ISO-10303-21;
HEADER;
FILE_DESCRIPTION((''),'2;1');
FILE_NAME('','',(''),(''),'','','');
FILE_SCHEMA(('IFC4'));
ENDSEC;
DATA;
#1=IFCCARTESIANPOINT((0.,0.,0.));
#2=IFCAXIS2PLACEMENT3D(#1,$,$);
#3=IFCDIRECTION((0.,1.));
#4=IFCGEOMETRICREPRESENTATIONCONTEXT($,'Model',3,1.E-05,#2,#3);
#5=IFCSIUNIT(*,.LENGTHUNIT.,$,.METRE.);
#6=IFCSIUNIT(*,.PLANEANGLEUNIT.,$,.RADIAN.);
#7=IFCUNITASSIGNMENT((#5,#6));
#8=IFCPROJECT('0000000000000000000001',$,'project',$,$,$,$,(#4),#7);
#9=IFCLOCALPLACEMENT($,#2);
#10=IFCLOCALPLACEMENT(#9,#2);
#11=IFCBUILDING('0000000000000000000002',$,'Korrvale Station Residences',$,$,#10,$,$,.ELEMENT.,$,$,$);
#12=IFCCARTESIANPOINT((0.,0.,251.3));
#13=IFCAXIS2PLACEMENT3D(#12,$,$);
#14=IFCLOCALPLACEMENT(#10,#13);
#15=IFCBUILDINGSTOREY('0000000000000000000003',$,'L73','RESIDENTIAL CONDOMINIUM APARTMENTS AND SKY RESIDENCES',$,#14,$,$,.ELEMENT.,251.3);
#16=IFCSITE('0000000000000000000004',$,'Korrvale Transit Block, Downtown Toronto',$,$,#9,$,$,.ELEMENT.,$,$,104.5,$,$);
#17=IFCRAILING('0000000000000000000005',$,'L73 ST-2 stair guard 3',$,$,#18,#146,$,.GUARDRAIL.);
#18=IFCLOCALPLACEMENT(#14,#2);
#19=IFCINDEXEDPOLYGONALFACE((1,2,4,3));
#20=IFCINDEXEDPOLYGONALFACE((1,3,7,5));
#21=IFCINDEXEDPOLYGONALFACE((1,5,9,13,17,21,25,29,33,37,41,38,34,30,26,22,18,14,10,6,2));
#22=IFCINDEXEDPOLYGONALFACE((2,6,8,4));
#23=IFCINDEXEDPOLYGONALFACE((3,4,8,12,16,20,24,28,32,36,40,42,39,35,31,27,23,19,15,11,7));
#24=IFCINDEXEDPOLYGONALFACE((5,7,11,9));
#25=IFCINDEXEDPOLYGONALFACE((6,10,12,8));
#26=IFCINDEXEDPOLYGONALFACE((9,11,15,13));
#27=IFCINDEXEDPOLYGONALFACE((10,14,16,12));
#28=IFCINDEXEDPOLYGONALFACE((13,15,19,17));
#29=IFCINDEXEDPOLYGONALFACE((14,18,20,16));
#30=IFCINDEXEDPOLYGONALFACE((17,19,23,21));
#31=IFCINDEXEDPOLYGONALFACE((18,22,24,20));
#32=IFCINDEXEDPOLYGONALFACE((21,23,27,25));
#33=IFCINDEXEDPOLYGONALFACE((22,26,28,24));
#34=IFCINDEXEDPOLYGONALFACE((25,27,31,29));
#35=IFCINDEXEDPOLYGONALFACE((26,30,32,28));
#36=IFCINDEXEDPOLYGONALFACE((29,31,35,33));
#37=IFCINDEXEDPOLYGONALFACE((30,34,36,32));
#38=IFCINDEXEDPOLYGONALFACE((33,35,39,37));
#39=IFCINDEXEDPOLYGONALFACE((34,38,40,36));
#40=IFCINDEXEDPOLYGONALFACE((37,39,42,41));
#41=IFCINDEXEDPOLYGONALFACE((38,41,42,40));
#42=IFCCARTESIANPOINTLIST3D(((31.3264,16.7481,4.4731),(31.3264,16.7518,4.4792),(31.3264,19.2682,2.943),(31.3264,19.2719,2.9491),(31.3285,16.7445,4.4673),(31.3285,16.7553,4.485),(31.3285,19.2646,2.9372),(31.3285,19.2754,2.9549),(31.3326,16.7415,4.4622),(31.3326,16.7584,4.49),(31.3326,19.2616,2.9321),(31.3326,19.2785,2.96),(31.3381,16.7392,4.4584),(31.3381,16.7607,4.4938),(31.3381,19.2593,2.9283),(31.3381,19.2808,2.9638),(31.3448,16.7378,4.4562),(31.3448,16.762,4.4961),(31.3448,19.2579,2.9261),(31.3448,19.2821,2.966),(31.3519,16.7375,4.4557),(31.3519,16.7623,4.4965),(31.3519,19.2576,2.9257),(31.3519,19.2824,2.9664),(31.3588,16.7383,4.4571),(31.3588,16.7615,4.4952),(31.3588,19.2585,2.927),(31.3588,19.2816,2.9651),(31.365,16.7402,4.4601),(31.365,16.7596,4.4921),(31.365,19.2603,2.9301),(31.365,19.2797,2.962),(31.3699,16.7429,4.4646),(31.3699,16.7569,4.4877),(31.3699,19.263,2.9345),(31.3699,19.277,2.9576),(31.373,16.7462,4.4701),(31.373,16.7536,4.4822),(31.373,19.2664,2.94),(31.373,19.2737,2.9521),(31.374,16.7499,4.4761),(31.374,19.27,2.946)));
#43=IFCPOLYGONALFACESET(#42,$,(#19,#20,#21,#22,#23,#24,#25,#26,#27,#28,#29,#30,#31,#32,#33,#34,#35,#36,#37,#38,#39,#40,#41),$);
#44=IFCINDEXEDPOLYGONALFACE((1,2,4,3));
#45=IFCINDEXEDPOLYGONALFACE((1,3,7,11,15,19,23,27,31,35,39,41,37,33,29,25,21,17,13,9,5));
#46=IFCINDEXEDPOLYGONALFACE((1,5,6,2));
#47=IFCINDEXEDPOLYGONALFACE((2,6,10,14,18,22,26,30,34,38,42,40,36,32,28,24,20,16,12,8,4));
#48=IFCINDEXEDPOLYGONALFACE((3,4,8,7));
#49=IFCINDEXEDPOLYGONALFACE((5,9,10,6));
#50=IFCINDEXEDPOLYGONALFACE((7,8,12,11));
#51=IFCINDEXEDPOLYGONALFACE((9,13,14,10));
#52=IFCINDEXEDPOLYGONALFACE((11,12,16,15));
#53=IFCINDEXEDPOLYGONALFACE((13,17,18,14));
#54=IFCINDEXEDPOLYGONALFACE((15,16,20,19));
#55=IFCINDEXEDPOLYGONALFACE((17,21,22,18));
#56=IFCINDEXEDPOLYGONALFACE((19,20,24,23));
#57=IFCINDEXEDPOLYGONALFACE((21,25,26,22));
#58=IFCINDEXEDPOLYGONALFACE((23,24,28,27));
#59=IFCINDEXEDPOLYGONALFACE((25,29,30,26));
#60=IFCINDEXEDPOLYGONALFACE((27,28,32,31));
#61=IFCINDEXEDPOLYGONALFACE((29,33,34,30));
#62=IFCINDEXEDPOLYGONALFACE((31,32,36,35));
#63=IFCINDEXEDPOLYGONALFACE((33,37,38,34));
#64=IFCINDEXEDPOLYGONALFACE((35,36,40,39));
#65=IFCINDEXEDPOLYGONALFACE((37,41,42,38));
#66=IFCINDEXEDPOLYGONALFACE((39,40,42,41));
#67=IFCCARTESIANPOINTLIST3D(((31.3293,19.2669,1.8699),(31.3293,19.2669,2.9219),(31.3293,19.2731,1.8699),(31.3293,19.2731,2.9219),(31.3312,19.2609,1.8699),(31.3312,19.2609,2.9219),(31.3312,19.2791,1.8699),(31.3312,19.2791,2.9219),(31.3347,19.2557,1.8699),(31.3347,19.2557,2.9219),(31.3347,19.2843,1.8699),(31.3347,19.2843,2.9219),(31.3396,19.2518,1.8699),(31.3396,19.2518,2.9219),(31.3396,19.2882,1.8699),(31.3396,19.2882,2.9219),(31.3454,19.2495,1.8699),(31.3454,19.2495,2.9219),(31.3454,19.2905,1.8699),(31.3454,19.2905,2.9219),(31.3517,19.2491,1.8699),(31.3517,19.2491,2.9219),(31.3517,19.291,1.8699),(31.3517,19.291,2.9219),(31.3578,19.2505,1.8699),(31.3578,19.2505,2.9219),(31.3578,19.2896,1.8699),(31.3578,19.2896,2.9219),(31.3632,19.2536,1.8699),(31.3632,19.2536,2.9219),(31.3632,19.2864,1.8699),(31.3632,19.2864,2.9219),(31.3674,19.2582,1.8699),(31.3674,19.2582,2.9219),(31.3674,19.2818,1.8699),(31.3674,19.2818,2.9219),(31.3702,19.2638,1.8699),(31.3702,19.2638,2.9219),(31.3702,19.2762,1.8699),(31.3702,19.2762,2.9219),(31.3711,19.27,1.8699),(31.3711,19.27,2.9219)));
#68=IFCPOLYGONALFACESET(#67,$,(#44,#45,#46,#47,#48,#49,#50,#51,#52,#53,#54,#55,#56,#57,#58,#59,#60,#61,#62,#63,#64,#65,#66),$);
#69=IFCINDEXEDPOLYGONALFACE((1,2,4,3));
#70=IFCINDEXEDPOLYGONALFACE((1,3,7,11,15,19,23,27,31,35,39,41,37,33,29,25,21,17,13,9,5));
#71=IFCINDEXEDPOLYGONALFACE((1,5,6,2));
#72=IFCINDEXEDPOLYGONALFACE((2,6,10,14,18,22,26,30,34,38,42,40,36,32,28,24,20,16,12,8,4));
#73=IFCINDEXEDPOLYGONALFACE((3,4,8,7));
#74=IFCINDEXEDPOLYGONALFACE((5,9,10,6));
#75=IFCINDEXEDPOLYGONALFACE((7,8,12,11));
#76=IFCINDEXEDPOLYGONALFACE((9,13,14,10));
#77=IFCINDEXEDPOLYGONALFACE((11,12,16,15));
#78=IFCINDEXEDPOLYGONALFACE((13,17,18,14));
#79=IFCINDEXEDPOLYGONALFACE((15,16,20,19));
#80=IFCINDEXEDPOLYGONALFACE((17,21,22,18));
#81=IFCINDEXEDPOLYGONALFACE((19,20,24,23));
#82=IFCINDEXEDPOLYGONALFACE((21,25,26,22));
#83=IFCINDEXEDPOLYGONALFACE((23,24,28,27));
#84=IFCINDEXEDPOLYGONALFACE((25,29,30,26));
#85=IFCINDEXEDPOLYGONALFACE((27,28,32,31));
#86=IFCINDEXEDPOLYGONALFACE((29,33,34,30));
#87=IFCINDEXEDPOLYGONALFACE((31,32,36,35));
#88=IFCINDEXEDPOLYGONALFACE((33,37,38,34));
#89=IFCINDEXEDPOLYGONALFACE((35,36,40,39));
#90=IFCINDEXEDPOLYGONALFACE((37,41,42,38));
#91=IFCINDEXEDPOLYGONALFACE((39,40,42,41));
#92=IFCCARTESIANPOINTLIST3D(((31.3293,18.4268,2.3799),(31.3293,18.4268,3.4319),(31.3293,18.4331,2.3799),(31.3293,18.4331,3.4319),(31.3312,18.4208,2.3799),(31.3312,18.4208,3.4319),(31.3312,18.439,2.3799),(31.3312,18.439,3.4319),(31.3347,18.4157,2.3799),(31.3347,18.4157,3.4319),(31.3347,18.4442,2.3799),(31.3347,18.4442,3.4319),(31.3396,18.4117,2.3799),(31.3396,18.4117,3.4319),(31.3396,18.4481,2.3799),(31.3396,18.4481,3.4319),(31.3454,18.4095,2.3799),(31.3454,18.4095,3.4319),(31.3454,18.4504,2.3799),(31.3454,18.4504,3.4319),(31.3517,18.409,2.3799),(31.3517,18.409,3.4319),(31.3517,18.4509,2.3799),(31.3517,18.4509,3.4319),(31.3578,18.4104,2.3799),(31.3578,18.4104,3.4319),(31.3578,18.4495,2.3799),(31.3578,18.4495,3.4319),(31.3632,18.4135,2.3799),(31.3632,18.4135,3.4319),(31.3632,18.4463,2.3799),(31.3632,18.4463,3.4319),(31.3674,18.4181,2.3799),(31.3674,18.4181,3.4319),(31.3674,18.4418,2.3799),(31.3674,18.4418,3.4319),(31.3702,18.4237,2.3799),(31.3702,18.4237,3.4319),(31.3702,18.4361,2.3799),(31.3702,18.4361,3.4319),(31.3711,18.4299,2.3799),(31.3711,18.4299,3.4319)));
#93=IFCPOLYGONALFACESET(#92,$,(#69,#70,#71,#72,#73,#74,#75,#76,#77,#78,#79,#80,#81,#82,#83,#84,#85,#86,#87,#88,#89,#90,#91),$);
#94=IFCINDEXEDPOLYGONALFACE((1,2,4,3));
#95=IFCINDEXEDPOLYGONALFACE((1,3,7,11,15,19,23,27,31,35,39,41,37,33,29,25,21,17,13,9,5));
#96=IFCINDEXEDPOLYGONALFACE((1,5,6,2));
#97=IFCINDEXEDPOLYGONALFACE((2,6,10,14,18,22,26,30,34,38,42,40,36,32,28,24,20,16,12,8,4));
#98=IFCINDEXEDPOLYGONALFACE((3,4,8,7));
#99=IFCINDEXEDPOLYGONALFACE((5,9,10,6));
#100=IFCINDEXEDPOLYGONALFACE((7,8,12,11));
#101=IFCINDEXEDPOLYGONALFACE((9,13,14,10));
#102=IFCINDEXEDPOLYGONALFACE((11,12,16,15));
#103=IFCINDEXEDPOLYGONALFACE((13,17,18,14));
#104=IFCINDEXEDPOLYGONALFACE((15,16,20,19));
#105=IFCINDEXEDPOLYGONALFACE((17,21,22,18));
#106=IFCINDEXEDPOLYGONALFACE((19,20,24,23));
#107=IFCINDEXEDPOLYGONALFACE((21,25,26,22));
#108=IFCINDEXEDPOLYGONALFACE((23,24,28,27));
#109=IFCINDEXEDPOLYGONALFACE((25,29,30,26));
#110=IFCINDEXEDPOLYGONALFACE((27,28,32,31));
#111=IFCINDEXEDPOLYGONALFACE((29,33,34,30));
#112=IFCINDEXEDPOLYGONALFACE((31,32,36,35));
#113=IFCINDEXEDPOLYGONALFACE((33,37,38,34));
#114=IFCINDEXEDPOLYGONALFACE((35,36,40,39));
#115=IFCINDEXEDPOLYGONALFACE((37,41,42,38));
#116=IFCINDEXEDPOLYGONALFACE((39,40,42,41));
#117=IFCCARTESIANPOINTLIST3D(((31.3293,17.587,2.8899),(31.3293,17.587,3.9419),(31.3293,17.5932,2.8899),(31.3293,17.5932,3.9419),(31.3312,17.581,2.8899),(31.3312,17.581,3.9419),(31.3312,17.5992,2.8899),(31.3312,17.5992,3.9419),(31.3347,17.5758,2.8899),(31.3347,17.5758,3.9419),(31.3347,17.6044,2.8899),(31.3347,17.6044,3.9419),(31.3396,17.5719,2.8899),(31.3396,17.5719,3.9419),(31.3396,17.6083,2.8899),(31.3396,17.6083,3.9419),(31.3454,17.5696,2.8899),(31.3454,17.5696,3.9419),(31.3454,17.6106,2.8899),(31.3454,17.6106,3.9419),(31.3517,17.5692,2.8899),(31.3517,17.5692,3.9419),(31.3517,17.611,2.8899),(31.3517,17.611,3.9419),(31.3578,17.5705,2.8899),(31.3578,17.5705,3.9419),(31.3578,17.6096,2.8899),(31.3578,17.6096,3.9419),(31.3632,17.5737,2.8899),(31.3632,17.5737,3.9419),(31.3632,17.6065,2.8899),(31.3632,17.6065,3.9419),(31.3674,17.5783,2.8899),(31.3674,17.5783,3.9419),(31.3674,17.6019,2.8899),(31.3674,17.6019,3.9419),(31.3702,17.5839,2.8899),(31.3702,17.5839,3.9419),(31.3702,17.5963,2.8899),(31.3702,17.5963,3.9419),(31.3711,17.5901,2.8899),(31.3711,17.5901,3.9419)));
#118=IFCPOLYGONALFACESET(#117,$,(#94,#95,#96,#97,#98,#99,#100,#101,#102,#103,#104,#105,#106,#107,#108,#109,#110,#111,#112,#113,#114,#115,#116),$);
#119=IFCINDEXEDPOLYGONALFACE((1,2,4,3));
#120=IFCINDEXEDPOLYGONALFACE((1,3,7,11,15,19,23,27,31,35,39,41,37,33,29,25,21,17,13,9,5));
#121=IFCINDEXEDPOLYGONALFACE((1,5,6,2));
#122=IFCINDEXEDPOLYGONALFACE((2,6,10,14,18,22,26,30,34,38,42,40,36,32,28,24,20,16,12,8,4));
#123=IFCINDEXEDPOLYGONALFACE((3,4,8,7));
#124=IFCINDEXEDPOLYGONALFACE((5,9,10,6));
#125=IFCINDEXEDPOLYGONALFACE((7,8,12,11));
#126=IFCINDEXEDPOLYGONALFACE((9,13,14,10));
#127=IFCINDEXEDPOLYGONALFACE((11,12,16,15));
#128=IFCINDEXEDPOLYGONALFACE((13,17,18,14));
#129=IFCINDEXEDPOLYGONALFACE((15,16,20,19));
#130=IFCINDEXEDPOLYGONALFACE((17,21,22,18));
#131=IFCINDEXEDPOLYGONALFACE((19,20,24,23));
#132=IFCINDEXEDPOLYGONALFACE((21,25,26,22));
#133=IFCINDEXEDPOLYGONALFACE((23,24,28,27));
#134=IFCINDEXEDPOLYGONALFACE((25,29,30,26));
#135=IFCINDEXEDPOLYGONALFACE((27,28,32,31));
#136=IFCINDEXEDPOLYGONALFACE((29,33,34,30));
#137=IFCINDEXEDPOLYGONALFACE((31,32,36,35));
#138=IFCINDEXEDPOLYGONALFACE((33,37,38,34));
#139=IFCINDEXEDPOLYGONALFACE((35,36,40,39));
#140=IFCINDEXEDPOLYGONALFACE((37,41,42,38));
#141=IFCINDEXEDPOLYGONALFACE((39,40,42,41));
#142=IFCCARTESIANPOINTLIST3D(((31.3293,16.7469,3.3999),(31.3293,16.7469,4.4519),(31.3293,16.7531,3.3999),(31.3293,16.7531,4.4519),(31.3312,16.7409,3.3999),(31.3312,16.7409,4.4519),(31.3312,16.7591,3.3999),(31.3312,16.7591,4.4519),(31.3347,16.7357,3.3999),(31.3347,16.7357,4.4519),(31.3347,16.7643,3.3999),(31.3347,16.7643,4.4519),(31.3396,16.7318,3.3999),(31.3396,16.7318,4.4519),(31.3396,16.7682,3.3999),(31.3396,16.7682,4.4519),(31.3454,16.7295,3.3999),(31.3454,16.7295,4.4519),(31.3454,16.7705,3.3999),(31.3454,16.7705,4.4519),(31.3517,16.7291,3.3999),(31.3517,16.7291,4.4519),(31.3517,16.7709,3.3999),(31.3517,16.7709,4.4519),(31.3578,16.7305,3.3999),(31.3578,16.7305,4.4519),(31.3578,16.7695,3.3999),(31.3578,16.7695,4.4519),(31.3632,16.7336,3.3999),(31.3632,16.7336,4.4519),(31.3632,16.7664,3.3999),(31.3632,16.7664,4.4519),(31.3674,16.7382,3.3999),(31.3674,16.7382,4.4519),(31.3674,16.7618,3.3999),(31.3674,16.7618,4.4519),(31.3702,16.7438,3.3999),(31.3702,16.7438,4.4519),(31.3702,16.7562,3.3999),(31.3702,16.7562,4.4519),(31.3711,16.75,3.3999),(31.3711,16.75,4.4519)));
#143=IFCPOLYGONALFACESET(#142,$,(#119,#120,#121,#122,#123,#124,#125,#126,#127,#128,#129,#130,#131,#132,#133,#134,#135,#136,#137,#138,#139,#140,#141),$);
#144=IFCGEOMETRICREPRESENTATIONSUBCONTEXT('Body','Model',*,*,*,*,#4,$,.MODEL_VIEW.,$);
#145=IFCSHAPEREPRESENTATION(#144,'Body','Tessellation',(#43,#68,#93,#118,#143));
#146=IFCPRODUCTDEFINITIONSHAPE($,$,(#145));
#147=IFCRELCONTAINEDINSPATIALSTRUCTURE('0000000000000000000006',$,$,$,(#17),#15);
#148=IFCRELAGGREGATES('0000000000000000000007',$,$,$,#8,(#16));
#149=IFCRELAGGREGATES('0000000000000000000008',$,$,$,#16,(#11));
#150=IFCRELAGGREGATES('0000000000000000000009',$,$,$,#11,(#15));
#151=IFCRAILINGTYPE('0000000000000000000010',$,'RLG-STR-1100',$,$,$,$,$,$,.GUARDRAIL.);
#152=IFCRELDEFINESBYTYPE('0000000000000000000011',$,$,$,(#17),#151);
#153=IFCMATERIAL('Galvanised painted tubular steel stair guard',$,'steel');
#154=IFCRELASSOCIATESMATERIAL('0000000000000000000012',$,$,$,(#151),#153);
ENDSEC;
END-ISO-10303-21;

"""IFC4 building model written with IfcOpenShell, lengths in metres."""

from ifc_helpers import new_model, si_unit, direction, frame, origin, origin_2d, place, context, subcontext, project, spatial, circle, extrude, material, type_object, element, save


model = new_model("IFC4")

# Units and contexts
model_context = context("Model", 3, precision=1e-05, world=origin(), true_north=direction((0.0, 1.0)))
body_context = subcontext(model_context, "Body", "Model", "MODEL_VIEW")
ifc_project = project(units=[si_unit("LENGTHUNIT", "METRE"), si_unit("PLANEANGLEUNIT", "RADIAN")], contexts=[model_context])

# Site, building, storey
site_placement = place(None, origin())
site = spatial("IfcSite", under=ifc_project, at=site_placement, Name="Korrvale Transit Block, Downtown Toronto", CompositionType="ELEMENT", RefElevation=104.5)
building_placement = place(site_placement, origin())
building = spatial("IfcBuilding", under=site, at=building_placement, Name="Korrvale Station Residences", CompositionType="ELEMENT")
storey_placement = place(building_placement, frame((0.0, 0.0, 251.3)))
storey = spatial("IfcBuildingStorey", under=building, at=storey_placement, Name="L73", Description="RESIDENTIAL CONDOMINIUM APARTMENTS AND SKY RESIDENCES", CompositionType="ELEMENT", Elevation=251.3)

# Railing
ifc_material_1 = material(Name="Galvanised painted tubular steel stair guard", Category="steel")
railing_type_1 = type_object("IfcRailingType", Name="RLG-STR-1100", PredefinedType="GUARDRAIL", material=ifc_material_1)
railing_1_placement = place(storey_placement, frame((31.3501, 19.27, 1.8699)))
element("IfcRailing", 1, at=railing_1_placement, inside=storey, type_object=railing_type_1, Name="L73 ST-2 stair guard 3", PredefinedType="GUARDRAIL", context=body_context, shape_type="SweptSolid", body=[
    extrude(circle(Radius=0.0239, at=origin_2d()), frame((0.0, 0.0, 1.0762), z_axis=(0.0, -0.854785, 0.518982), x_axis=(1.0, 0.0, 0.0)), (0.0, 0.0, 1.0), 2.9482),
    extrude(circle(Radius=0.021, at=origin_2d()), origin(), (0.0, 0.0, 1.0), 1.052),
    extrude(circle(Radius=0.021, at=origin_2d()), frame((0.0, -0.8401, 0.51)), (0.0, 0.0, 1.0), 1.052),
    extrude(circle(Radius=0.021, at=origin_2d()), frame((0.0, -1.6799, 1.02)), (0.0, 0.0, 1.0), 1.052),
    extrude(circle(Radius=0.021, at=origin_2d()), frame((0.0, -2.52, 1.53)), (0.0, 0.0, 1.0), 1.052),
])

save(model, "model.ifc")
